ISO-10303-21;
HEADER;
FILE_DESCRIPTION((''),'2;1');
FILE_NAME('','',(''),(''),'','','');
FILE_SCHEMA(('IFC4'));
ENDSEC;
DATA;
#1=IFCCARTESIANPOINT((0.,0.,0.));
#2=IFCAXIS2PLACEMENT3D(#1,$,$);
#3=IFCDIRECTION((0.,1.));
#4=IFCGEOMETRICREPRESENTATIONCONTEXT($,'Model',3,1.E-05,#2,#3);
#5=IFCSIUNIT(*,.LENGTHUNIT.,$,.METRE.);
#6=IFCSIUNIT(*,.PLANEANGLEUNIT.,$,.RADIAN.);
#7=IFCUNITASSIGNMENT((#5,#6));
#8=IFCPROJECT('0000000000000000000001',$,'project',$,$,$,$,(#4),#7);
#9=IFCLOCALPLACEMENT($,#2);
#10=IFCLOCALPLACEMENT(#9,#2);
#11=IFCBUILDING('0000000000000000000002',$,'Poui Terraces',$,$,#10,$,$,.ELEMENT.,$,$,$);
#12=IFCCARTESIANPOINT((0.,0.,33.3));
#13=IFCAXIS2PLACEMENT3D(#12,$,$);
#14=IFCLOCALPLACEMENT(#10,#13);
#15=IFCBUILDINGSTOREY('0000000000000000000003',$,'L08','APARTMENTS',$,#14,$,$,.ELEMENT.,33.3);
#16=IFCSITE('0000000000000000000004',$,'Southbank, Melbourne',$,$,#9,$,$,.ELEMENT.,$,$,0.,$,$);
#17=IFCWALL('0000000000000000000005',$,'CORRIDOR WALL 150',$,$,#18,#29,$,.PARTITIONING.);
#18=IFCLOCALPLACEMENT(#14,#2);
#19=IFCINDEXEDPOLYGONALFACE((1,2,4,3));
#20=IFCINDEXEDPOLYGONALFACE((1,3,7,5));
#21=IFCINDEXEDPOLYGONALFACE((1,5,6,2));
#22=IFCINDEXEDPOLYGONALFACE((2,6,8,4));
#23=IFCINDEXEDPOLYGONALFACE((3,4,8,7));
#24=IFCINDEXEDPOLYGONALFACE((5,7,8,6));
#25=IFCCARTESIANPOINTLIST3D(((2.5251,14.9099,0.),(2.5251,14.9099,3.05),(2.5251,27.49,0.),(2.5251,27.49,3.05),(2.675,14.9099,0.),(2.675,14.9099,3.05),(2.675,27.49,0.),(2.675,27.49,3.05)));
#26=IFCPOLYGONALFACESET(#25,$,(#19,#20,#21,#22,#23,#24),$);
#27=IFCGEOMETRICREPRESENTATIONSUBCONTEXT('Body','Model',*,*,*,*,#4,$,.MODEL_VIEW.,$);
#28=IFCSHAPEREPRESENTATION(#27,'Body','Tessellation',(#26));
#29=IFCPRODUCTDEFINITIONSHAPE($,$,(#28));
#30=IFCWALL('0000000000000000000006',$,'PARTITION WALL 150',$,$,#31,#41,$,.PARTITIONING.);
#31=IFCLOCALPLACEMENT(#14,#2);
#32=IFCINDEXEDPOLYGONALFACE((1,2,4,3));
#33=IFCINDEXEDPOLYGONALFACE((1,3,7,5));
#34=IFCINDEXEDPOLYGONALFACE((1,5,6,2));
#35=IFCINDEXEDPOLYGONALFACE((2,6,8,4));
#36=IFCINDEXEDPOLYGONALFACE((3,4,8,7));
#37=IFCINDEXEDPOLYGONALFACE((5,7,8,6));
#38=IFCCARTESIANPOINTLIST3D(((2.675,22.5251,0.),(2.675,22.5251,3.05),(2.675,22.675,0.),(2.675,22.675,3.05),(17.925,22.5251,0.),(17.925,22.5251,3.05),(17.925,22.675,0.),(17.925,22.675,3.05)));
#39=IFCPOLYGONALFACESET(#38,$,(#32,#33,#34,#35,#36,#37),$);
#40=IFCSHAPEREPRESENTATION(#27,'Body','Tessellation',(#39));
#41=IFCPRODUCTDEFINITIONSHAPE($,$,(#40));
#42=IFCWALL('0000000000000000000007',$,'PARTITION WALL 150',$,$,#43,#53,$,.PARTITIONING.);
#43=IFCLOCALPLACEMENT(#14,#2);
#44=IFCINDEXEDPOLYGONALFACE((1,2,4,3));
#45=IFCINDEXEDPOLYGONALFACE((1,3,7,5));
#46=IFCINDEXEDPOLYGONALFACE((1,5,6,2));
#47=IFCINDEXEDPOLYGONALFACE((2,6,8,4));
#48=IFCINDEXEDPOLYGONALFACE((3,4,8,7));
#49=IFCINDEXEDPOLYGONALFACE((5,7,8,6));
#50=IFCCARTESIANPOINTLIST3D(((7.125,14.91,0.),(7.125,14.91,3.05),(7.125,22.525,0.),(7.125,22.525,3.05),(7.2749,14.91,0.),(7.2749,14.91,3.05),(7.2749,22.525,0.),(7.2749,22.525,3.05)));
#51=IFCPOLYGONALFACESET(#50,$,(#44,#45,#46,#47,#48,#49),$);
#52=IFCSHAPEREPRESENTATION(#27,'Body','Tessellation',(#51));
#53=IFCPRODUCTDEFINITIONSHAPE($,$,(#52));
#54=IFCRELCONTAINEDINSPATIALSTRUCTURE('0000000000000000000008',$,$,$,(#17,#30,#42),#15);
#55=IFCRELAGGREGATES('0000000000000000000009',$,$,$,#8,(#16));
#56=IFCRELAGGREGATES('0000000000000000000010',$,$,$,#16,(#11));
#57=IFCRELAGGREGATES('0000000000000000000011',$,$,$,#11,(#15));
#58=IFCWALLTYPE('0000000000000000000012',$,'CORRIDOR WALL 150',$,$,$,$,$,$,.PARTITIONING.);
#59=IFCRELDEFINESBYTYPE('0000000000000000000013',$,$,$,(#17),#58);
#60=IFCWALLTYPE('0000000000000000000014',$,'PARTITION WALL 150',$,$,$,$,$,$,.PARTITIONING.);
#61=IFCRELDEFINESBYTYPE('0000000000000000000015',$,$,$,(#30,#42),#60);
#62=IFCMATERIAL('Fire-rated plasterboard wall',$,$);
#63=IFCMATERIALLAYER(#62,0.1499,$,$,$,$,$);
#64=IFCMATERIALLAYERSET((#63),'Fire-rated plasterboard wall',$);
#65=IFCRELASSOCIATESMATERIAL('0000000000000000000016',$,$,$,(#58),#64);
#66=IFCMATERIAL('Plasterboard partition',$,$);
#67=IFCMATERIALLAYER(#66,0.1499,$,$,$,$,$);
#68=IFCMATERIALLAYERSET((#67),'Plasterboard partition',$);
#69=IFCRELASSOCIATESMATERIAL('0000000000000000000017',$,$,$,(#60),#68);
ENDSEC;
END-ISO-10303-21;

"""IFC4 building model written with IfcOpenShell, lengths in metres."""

from ifc_helpers import new_model, si_unit, direction, frame, frame_2d, origin, place, context, subcontext, project, spatial, rectangle, extrude, material, layer, layer_set, type_object, element, save


model = new_model("IFC4")

# Units and contexts
model_context = context("Model", 3, precision=1e-05, world=origin(), true_north=direction((0.0, 1.0)))
body_context = subcontext(model_context, "Body", "Model", "MODEL_VIEW")
ifc_project = project(units=[si_unit("LENGTHUNIT", "METRE"), si_unit("PLANEANGLEUNIT", "RADIAN")], contexts=[model_context])

# Site, building, storey
site_placement = place(None, origin())
site = spatial("IfcSite", under=ifc_project, at=site_placement, Name="Southbank, Melbourne", CompositionType="ELEMENT", RefElevation=0.0)
building_placement = place(site_placement, origin())
building = spatial("IfcBuilding", under=site, at=building_placement, Name="Poui Terraces", CompositionType="ELEMENT")
storey_placement = place(building_placement, frame((0.0, 0.0, 33.3)))
storey = spatial("IfcBuildingStorey", under=building, at=storey_placement, Name="L08", Description="APARTMENTS", CompositionType="ELEMENT", Elevation=33.3)

# Walls
ifc_material_1 = material(Name="Fire-rated plasterboard wall")
ifc_layer_1 = layer(ifc_material_1, 0.1499)
ifc_layer_set_1 = layer_set([ifc_layer_1], Name="Fire-rated plasterboard wall")
wall_type_1 = type_object("IfcWallType", Name="CORRIDOR WALL 150", PredefinedType="PARTITIONING", material=ifc_layer_set_1)
wall_1_placement = place(storey_placement, frame((2.6001, 14.9099, 0.0), z_axis=(0.0, 0.0, 1.0), x_axis=(0.0, 1.0, 0.0)))
element("IfcWall", 1, at=wall_1_placement, inside=storey, type_object=wall_type_1, Name="CORRIDOR WALL 150", PredefinedType="PARTITIONING", context=body_context, shape_type="SweptSolid", body=[
    extrude(rectangle(XDim=12.5801, YDim=0.1499, at=frame_2d((6.29, 0.0))), origin(), (0.0, 0.0, 1.0), 3.05),
])
ifc_material_2 = material(Name="Plasterboard partition")
ifc_layer_2 = layer(ifc_material_2, 0.1499)
ifc_layer_set_2 = layer_set([ifc_layer_2], Name="Plasterboard partition")
wall_type_2 = type_object("IfcWallType", Name="PARTITION WALL 150", PredefinedType="PARTITIONING", material=ifc_layer_set_2)
wall_2_placement = place(storey_placement, frame((2.675, 22.6001, 0.0), z_axis=(0.0, 0.0, 1.0), x_axis=(1.0, 0.0, 0.0)))
element("IfcWall", 2, at=wall_2_placement, inside=storey, type_object=wall_type_2, Name="PARTITION WALL 150", PredefinedType="PARTITIONING", context=body_context, shape_type="SweptSolid", body=[
    extrude(rectangle(XDim=15.25, YDim=0.1499, at=frame_2d((7.625, 0.0))), origin(), (0.0, 0.0, 1.0), 3.05),
])
wall_3_placement = place(storey_placement, frame((7.2, 14.9099, 0.0), z_axis=(0.0, 0.0, 1.0), x_axis=(0.0, 1.0, 0.0)))
element("IfcWall", 3, at=wall_3_placement, inside=storey, type_object=wall_type_2, Name="PARTITION WALL 150", PredefinedType="PARTITIONING", context=body_context, shape_type="SweptSolid", body=[
    extrude(rectangle(XDim=7.615, YDim=0.1499, at=frame_2d((3.8076, 0.0))), origin(), (0.0, 0.0, 1.0), 3.05),
])

save(model, "model.ifc")
